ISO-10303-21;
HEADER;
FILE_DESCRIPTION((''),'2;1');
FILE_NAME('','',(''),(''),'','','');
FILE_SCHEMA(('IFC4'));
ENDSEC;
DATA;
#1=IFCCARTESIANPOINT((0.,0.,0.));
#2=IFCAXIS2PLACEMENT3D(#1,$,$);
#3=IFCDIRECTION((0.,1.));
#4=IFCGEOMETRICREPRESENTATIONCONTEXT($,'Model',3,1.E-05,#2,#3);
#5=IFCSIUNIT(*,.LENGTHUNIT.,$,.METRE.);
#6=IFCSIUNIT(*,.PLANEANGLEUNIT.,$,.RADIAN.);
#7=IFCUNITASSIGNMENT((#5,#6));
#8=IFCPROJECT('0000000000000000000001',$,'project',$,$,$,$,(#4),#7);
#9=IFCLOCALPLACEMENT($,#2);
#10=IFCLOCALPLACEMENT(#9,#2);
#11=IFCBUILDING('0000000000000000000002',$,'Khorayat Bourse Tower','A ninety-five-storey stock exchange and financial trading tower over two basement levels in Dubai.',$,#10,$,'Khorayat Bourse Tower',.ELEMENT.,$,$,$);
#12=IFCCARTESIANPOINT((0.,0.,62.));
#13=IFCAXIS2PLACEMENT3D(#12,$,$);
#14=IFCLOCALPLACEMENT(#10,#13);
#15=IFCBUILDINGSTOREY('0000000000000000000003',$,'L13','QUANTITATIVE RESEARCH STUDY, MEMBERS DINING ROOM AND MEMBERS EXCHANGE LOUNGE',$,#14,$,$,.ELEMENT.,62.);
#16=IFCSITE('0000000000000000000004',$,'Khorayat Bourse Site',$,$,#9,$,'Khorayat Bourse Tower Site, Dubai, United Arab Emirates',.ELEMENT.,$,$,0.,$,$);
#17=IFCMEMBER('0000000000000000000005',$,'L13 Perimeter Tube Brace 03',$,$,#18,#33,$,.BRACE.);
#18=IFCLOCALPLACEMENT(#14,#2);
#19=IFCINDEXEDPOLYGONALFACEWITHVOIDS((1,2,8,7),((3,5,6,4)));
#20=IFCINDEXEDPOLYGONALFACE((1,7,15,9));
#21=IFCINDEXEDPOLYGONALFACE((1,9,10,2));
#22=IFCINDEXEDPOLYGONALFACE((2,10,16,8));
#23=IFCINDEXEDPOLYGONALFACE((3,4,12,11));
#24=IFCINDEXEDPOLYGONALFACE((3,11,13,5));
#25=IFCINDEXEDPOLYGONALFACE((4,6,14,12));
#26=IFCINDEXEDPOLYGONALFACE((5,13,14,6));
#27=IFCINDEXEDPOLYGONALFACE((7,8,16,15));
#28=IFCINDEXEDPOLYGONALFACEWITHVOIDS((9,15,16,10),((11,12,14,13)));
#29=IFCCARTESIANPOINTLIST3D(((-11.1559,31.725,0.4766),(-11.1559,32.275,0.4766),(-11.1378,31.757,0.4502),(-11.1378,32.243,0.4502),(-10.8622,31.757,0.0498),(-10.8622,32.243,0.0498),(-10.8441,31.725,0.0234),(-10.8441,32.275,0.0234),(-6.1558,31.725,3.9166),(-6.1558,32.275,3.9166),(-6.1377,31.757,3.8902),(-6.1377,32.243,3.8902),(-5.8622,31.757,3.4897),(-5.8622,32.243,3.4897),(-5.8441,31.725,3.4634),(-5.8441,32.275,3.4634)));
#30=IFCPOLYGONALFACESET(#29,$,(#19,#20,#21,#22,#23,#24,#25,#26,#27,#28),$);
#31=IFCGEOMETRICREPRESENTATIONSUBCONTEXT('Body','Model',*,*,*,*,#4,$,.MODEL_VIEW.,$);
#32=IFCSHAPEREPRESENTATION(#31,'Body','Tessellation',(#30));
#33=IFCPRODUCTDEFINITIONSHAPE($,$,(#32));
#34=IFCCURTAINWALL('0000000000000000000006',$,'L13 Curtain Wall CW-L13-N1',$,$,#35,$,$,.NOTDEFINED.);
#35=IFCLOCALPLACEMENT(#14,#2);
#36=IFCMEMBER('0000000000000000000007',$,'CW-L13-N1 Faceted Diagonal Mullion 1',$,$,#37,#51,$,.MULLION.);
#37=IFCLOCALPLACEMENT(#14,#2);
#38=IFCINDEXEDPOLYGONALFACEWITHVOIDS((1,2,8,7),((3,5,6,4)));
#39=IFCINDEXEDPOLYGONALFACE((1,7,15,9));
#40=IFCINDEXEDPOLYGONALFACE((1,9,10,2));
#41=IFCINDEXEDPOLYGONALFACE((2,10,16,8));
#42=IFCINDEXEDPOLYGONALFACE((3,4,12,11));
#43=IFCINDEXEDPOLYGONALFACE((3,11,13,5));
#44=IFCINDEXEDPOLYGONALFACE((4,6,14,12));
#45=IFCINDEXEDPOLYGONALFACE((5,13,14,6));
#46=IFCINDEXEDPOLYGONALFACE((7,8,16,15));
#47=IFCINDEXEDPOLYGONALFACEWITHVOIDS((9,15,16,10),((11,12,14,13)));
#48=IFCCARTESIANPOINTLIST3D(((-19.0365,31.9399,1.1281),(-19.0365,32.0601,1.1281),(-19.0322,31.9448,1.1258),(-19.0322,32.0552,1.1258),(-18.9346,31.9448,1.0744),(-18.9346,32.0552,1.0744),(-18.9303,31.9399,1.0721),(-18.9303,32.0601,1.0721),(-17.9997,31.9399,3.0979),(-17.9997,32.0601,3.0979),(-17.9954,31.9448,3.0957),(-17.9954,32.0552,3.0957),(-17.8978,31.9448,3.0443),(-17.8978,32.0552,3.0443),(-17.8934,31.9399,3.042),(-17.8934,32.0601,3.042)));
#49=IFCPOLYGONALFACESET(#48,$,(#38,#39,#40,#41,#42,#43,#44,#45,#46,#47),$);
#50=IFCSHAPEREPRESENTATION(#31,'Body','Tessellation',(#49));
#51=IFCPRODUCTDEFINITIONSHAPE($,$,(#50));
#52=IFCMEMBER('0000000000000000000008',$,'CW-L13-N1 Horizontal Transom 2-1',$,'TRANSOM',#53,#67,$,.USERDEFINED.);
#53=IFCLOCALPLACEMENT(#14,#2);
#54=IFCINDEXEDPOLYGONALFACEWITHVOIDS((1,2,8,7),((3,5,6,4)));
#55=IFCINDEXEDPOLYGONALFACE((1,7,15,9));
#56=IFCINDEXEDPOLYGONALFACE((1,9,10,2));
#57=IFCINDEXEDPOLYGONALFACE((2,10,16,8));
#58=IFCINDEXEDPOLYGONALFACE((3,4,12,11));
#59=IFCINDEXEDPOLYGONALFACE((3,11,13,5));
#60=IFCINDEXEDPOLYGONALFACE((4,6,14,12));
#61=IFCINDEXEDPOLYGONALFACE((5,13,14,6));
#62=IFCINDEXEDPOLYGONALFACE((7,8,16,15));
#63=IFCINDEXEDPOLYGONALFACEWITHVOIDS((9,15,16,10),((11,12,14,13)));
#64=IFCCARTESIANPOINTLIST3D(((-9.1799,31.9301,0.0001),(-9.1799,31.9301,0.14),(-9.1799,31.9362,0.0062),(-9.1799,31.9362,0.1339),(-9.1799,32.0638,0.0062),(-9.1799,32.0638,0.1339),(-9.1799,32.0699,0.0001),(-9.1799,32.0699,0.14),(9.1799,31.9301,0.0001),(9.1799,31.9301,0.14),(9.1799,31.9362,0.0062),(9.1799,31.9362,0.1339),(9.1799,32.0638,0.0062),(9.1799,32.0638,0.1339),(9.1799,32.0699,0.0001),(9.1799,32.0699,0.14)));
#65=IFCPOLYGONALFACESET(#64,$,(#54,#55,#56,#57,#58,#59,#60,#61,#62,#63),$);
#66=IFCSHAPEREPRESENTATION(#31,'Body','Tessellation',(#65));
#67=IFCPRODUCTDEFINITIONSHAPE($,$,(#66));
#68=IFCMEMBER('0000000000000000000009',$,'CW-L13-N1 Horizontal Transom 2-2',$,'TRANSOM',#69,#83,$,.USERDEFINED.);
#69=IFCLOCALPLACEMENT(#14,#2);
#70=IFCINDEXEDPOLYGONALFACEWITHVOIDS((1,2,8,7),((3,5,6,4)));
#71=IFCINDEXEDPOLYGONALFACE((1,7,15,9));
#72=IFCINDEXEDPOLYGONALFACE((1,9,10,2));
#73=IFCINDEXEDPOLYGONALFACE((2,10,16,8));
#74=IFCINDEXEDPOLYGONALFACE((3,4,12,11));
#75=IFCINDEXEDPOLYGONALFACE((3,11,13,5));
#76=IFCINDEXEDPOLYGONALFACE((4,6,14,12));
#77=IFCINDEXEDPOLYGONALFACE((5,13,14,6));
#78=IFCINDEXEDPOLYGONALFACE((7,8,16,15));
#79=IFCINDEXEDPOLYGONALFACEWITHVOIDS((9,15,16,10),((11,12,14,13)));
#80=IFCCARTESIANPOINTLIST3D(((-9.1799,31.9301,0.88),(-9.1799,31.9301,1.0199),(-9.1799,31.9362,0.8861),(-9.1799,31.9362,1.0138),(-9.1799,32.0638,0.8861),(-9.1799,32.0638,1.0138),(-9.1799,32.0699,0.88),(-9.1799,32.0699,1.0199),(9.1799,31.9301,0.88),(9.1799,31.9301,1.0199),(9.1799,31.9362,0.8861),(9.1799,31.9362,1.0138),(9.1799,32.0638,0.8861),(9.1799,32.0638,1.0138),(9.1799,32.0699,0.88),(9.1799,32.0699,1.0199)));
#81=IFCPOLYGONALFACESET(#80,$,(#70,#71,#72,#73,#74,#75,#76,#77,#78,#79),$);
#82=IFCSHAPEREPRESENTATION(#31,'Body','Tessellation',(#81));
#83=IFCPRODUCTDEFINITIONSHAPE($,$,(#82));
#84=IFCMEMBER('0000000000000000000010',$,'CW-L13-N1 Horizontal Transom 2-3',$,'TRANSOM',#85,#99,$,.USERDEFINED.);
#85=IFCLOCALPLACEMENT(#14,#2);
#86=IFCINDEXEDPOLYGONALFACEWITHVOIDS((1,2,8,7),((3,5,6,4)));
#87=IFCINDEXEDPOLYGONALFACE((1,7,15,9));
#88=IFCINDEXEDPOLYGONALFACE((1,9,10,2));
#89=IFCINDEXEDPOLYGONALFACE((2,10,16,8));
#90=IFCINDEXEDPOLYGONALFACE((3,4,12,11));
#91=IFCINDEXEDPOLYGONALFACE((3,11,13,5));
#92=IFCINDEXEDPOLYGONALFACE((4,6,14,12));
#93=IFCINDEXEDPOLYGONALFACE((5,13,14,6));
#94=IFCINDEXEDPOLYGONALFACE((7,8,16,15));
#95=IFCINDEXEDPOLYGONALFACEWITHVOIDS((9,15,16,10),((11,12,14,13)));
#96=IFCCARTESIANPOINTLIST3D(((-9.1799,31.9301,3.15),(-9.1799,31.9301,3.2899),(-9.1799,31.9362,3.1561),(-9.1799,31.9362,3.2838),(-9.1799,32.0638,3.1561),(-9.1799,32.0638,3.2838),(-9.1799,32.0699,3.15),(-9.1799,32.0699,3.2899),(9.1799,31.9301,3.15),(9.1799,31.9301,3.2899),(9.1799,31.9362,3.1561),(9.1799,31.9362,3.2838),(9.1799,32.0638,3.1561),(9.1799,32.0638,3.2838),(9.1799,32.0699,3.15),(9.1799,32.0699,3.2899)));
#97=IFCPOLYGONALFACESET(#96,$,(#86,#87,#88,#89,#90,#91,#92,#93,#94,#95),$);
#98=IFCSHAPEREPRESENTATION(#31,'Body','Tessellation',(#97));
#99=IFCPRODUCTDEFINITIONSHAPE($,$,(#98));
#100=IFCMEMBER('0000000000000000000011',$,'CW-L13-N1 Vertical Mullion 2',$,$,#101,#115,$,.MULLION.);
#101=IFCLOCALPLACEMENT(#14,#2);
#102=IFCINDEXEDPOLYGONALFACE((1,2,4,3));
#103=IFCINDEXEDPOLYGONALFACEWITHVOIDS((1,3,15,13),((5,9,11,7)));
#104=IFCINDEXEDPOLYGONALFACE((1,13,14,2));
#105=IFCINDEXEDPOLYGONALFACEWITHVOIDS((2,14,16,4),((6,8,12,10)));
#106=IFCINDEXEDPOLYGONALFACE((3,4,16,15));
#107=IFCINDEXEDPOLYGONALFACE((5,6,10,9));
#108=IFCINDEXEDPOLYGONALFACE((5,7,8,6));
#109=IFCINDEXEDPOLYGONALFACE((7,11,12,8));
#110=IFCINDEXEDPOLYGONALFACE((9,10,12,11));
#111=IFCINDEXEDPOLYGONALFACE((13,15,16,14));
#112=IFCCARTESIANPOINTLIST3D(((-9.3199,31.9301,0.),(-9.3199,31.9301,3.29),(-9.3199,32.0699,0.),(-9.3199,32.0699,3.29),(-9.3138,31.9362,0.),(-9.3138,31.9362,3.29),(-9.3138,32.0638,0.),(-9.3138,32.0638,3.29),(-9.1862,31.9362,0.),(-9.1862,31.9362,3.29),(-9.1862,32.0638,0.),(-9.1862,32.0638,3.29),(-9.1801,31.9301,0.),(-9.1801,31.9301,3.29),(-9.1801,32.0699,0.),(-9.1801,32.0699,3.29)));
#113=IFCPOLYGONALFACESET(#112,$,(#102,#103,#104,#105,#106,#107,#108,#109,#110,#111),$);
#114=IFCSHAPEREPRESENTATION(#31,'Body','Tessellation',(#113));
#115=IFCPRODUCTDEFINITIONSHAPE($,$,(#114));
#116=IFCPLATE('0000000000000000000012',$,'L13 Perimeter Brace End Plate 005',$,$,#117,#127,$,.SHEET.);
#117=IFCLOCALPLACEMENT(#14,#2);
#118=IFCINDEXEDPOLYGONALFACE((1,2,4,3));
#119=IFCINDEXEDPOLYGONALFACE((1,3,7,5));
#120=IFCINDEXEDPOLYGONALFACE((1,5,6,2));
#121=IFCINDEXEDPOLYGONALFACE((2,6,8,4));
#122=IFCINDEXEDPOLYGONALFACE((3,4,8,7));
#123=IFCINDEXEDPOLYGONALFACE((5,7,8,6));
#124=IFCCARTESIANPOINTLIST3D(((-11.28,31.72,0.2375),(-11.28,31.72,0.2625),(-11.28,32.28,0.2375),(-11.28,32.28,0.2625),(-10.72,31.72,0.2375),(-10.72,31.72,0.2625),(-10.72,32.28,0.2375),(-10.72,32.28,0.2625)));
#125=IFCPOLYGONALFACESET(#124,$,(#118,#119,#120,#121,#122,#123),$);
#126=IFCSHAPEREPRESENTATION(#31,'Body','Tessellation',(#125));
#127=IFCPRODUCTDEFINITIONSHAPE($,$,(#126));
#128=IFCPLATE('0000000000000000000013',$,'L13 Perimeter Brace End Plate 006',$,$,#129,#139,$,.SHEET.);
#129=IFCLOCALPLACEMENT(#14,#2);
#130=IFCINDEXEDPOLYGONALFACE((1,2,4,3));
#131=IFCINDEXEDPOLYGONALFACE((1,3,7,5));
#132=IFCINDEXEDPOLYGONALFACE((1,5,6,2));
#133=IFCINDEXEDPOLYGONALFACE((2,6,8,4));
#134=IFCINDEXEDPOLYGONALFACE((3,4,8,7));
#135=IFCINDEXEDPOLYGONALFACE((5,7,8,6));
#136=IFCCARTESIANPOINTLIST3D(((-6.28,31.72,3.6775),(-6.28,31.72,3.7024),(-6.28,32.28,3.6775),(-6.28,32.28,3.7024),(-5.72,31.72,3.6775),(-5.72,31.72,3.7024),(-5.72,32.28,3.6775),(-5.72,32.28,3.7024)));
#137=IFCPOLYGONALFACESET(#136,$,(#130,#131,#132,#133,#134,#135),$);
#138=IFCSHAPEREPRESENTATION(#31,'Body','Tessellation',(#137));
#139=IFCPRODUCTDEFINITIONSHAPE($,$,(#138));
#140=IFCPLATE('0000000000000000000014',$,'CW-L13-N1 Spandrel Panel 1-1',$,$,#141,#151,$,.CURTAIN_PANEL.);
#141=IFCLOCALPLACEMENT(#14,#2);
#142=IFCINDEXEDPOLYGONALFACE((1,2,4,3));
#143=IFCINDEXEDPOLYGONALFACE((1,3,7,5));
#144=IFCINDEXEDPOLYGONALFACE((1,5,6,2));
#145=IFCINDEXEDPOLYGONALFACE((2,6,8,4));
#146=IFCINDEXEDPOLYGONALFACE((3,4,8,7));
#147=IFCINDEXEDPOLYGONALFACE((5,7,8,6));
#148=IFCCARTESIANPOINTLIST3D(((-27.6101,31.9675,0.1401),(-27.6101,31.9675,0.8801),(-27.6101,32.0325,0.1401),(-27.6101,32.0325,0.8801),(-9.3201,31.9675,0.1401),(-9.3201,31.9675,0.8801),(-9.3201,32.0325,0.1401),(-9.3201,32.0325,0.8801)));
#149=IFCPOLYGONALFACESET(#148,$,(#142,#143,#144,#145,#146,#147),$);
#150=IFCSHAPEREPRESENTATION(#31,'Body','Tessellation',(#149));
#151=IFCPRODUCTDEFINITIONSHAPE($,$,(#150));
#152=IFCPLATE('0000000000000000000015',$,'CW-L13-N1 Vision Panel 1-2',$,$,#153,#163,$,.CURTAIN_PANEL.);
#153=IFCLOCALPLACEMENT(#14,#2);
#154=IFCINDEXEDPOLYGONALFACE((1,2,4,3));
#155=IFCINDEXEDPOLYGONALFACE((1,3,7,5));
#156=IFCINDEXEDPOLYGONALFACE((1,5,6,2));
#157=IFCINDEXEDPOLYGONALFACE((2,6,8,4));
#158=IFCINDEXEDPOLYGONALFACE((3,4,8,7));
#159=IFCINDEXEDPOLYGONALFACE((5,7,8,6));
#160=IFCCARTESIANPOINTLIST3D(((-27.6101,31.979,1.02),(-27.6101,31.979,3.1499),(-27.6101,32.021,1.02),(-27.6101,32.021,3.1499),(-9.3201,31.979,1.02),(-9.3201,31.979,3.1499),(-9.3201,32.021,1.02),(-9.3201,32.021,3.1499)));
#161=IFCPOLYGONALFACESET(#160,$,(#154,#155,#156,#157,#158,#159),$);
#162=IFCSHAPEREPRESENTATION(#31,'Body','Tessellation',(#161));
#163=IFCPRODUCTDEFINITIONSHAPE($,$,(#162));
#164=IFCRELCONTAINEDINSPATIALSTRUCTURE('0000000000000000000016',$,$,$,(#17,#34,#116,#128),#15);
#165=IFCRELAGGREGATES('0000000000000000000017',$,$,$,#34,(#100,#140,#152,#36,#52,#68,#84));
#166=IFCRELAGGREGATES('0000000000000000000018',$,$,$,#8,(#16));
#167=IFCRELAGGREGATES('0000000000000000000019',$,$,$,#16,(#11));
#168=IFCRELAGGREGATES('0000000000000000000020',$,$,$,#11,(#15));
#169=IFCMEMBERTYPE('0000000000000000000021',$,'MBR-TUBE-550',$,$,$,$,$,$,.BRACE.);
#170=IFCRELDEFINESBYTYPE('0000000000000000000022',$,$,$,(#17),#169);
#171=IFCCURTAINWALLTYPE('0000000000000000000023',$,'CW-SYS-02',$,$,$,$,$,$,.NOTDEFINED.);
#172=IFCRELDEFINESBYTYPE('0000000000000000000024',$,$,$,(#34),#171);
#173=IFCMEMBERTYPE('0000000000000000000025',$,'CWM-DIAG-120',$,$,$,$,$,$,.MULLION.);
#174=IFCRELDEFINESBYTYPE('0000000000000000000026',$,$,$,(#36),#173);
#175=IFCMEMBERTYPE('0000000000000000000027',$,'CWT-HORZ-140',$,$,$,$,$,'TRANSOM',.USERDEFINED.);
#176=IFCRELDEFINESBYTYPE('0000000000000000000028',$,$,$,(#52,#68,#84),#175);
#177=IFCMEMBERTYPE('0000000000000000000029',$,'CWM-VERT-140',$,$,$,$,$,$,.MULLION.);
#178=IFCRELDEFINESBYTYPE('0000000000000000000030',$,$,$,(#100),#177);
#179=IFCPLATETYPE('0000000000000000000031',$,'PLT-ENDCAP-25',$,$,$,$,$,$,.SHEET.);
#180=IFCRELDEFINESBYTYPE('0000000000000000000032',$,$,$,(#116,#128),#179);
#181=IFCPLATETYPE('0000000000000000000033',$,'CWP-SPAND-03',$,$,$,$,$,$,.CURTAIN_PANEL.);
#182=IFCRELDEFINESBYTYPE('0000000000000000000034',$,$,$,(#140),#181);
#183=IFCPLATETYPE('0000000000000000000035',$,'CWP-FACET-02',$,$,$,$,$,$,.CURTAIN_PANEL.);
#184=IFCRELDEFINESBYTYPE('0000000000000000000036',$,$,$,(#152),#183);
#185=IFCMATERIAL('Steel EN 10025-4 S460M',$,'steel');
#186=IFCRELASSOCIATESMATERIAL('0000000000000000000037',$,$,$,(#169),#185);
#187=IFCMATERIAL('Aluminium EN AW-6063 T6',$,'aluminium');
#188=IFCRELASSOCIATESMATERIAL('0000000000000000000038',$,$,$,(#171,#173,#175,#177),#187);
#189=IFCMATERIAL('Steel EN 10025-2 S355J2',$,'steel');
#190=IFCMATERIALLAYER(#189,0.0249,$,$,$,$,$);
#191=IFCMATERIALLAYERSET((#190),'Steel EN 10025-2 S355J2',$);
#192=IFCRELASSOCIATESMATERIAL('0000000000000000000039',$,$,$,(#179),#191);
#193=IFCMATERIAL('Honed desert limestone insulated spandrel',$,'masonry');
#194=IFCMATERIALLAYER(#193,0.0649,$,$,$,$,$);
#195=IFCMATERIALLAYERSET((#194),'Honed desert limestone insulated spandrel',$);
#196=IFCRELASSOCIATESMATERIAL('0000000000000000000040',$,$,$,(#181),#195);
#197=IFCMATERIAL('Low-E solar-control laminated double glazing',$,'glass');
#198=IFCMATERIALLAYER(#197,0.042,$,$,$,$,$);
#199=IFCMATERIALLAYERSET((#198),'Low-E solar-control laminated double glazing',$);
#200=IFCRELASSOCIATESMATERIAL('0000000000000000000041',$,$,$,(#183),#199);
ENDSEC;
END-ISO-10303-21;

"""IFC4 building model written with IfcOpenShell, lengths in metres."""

from ifc_helpers import new_model, si_unit, direction, frame, origin, origin_2d, place, context, subcontext, project, spatial, rectangle, hollow_rectangle, extrude, source, transform, mapped, material, layer, layer_set, material_profile, profile_set, type_object, element, aggregate, save


model = new_model("IFC4")

# Units and contexts
model_context = context("Model", 3, precision=1e-05, world=origin(), true_north=direction((0.0, 1.0)))
body_context = subcontext(model_context, "Body", "Model", "MODEL_VIEW")
ifc_project = project(units=[si_unit("LENGTHUNIT", "METRE"), si_unit("PLANEANGLEUNIT", "RADIAN")], contexts=[model_context])

# Site, building, storey
site_placement = place(None, origin())
site = spatial("IfcSite", under=ifc_project, at=site_placement, Name="Khorayat Bourse Site", LongName="Khorayat Bourse Tower Site, Dubai, United Arab Emirates", CompositionType="ELEMENT", RefElevation=0.0)
building_placement = place(site_placement, origin())
building = spatial("IfcBuilding", under=site, at=building_placement, Name="Khorayat Bourse Tower", Description="A ninety-five-storey stock exchange and financial trading tower over two basement levels in Dubai.", LongName="Khorayat Bourse Tower", CompositionType="ELEMENT")
storey_placement = place(building_placement, frame((0.0, 0.0, 62.0)))
storey = spatial("IfcBuildingStorey", under=building, at=storey_placement, Name="L13", Description="QUANTITATIVE RESEARCH STUDY, MEMBERS DINING ROOM AND MEMBERS EXCHANGE LOUNGE", CompositionType="ELEMENT", Elevation=62.0)

# Shared definitions
ifc_material_1 = material(Name="Steel EN 10025-4 S460M", Category="steel")

# Member
ifc_material_profile_1 = material_profile(ifc_material_1, hollow_rectangle(XDim=0.55, YDim=0.55, WallThickness=0.032, at=origin_2d()), Name="HSS 550x550x32")
ifc_profile_set_1 = profile_set([ifc_material_profile_1], Name="Steel EN 10025-4 S460M")
member_type_1 = type_object("IfcMemberType", Name="MBR-TUBE-550", PredefinedType="BRACE", material=ifc_profile_set_1)
shared_shape_1 = source(origin(), body_context, "Body", "SweptSolid", [
    extrude(hollow_rectangle(XDim=0.55, YDim=0.55, WallThickness=0.032, at=origin_2d()), origin(), (0.0, 0.0, 1.0), 6.0691),
])
member_1_placement = place(storey_placement, frame((-11.0, 32.0, 0.25), z_axis=(0.823854, 0.0, 0.566802), x_axis=(0.0, 1.0, 0.0)))
element("IfcMember", 1, at=member_1_placement, inside=storey, type_object=member_type_1, Name="L13 Perimeter Tube Brace 03", PredefinedType="BRACE", context=body_context, shape_type="MappedRepresentation", body=[
    mapped(shared_shape_1, transform((0.0, 0.0, 0.0), scale=1.0)),
])

# Curtain wall, members
ifc_material_2 = material(Name="Aluminium EN AW-6063 T6", Category="aluminium")
curtain_wall_type = type_object("IfcCurtainWallType", Name="CW-SYS-02", PredefinedType="NOTDEFINED", material=ifc_material_2)
curtain_wall_placement = place(storey_placement, origin())
curtain_wall = element("IfcCurtainWall", 2, at=curtain_wall_placement, inside=storey, type_object=curtain_wall_type, Name="L13 Curtain Wall CW-L13-N1", PredefinedType="NOTDEFINED")
ifc_material_profile_2 = material_profile(ifc_material_2, hollow_rectangle(XDim=0.1201, YDim=0.1201, WallThickness=0.0049, at=origin_2d()), Name="ALU 120x120x5")
ifc_profile_set_2 = profile_set([ifc_material_profile_2], Name="Aluminium EN AW-6063 T6")
member_type_2 = type_object("IfcMemberType", Name="CWM-DIAG-120", PredefinedType="MULLION", material=ifc_profile_set_2)
shared_shape_2 = source(origin(), body_context, "Body", "SweptSolid", [
    extrude(hollow_rectangle(XDim=0.1201, YDim=0.1201, WallThickness=0.0049, at=origin_2d()), origin(), (0.0, 0.0, 1.0), 2.2261),
])
member_2_placement = place(storey_placement, frame((-18.9834, 32.0, 1.1001), z_axis=(0.46576, 0.0, 0.884911), x_axis=(0.0, 1.0, 0.0)))
member_2 = element("IfcMember", 3, at=member_2_placement, type_object=member_type_2, Name="CW-L13-N1 Faceted Diagonal Mullion 1", PredefinedType="MULLION", context=body_context, shape_type="MappedRepresentation", body=[
    mapped(shared_shape_2, transform((0.0, 0.0, 0.0), scale=1.0)),
])
ifc_material_profile_3 = material_profile(ifc_material_2, hollow_rectangle(XDim=0.1399, YDim=0.1399, WallThickness=0.0061, at=origin_2d()), Name="ALU 140x140x6")
ifc_profile_set_3 = profile_set([ifc_material_profile_3], Name="Aluminium EN AW-6063 T6")
member_type_3 = type_object("IfcMemberType", Name="CWT-HORZ-140", ElementType="TRANSOM", PredefinedType="USERDEFINED", material=ifc_profile_set_3)
shared_shape_3 = source(origin(), body_context, "Body", "SweptSolid", [
    extrude(hollow_rectangle(XDim=0.1399, YDim=0.1399, WallThickness=0.0061, at=origin_2d()), origin(), (0.0, 0.0, 1.0), 18.3599),
])
member_3_placement = place(storey_placement, frame((-9.1799, 32.0, 0.0701), z_axis=(1.0, 0.0, 0.0), x_axis=(0.0, 1.0, 0.0)))
member_3 = element("IfcMember", 4, at=member_3_placement, type_object=member_type_3, Name="CW-L13-N1 Horizontal Transom 2-1", ObjectType="TRANSOM", PredefinedType="USERDEFINED", context=body_context, shape_type="MappedRepresentation", body=[
    mapped(shared_shape_3, transform((0.0, 0.0, 0.0), scale=1.0)),
])
member_4_placement = place(storey_placement, frame((-9.1799, 32.0, 0.95), z_axis=(1.0, 0.0, 0.0), x_axis=(0.0, 1.0, 0.0)))
member_4 = element("IfcMember", 5, at=member_4_placement, type_object=member_type_3, Name="CW-L13-N1 Horizontal Transom 2-2", ObjectType="TRANSOM", PredefinedType="USERDEFINED", context=body_context, shape_type="MappedRepresentation", body=[
    mapped(shared_shape_3, transform((0.0, 0.0, 0.0), scale=1.0)),
])
member_5_placement = place(storey_placement, frame((-9.1799, 32.0, 3.22), z_axis=(1.0, 0.0, 0.0), x_axis=(0.0, 1.0, 0.0)))
member_5 = element("IfcMember", 6, at=member_5_placement, type_object=member_type_3, Name="CW-L13-N1 Horizontal Transom 2-3", ObjectType="TRANSOM", PredefinedType="USERDEFINED", context=body_context, shape_type="MappedRepresentation", body=[
    mapped(shared_shape_3, transform((0.0, 0.0, 0.0), scale=1.0)),
])
ifc_material_profile_4 = material_profile(ifc_material_2, hollow_rectangle(XDim=0.1399, YDim=0.1399, WallThickness=0.0061, at=origin_2d()), Name="ALU 140x140x6")
ifc_profile_set_4 = profile_set([ifc_material_profile_4], Name="Aluminium EN AW-6063 T6")
member_type_4 = type_object("IfcMemberType", Name="CWM-VERT-140", PredefinedType="MULLION", material=ifc_profile_set_4)
shared_shape_4 = source(origin(), body_context, "Body", "SweptSolid", [
    extrude(hollow_rectangle(XDim=0.1399, YDim=0.1399, WallThickness=0.0061, at=origin_2d()), origin(), (0.0, 0.0, 1.0), 3.29),
])
member_6_placement = place(storey_placement, frame((-9.25, 32.0, 0.0), z_axis=(0.0, 0.0, 1.0), x_axis=(0.0, 1.0, 0.0)))
member_6 = element("IfcMember", 7, at=member_6_placement, type_object=member_type_4, Name="CW-L13-N1 Vertical Mullion 2", PredefinedType="MULLION", context=body_context, shape_type="MappedRepresentation", body=[
    mapped(shared_shape_4, transform((0.0, 0.0, 0.0), scale=1.0)),
])

# Plates
ifc_material_3 = material(Name="Steel EN 10025-2 S355J2", Category="steel")
ifc_layer_1 = layer(ifc_material_3, 0.0249)
ifc_layer_set_1 = layer_set([ifc_layer_1], Name="Steel EN 10025-2 S355J2")
plate_type_1 = type_object("IfcPlateType", Name="PLT-ENDCAP-25", PredefinedType="SHEET", material=ifc_layer_set_1)
shared_shape_5 = source(origin(), body_context, "Body", "SweptSolid", [
    extrude(rectangle(XDim=0.5601, YDim=0.5601, at=origin_2d()), origin(), (0.0, 0.0, 1.0), 0.0249),
])
for number, where, z_axis, x_axis, name in (
    (8, (-11.0, 32.0, 0.2375), (0.0, 0.0, 1.0), (1.0, 0.0, 0.0), "L13 Perimeter Brace End Plate 005"),
    (9, (-6.0, 32.0, 3.6775), (0.0, 0.0, 1.0), (1.0, 0.0, 0.0), "L13 Perimeter Brace End Plate 006"),
):
    element("IfcPlate", number, at=place(storey_placement, frame(where, z_axis=z_axis, x_axis=x_axis)), inside=storey, type_object=plate_type_1, Name=name, PredefinedType="SHEET", context=body_context, shape_type="MappedRepresentation", body=[
        mapped(shared_shape_5, transform((0.0, 0.0, 0.0), scale=1.0)),
    ])

# Plates
ifc_material_4 = material(Name="Honed desert limestone insulated spandrel", Category="masonry")
ifc_layer_2 = layer(ifc_material_4, 0.0649)
ifc_layer_set_2 = layer_set([ifc_layer_2], Name="Honed desert limestone insulated spandrel")
plate_type_2 = type_object("IfcPlateType", Name="CWP-SPAND-03", PredefinedType="CURTAIN_PANEL", material=ifc_layer_set_2)
shared_shape_6 = source(origin(), body_context, "Body", "SweptSolid", [
    extrude(rectangle(XDim=18.29, YDim=0.0649, at=origin_2d()), origin(), (0.0, 0.0, 1.0), 0.74),
])
plate_1_placement = place(storey_placement, frame((-18.4651, 32.0, 0.1401), z_axis=(0.0, 0.0, 1.0), x_axis=(1.0, 0.0, 0.0)))
plate_1 = element("IfcPlate", 10, at=plate_1_placement, type_object=plate_type_2, Name="CW-L13-N1 Spandrel Panel 1-1", PredefinedType="CURTAIN_PANEL", context=body_context, shape_type="MappedRepresentation", body=[
    mapped(shared_shape_6, transform((0.0, 0.0, 0.0), scale=1.0)),
])
ifc_material_5 = material(Name="Low-E solar-control laminated double glazing", Category="glass")
ifc_layer_3 = layer(ifc_material_5, 0.042)
ifc_layer_set_3 = layer_set([ifc_layer_3], Name="Low-E solar-control laminated double glazing")
plate_type_3 = type_object("IfcPlateType", Name="CWP-FACET-02", PredefinedType="CURTAIN_PANEL", material=ifc_layer_set_3)
shared_shape_7 = source(origin(), body_context, "Body", "SweptSolid", [
    extrude(rectangle(XDim=18.29, YDim=0.042, at=origin_2d()), origin(), (0.0, 0.0, 1.0), 2.1299),
])
plate_2_placement = place(storey_placement, frame((-18.4651, 32.0, 1.02), z_axis=(0.0, 0.0, 1.0), x_axis=(1.0, 0.0, 0.0)))
plate_2 = element("IfcPlate", 11, at=plate_2_placement, type_object=plate_type_3, Name="CW-L13-N1 Vision Panel 1-2", PredefinedType="CURTAIN_PANEL", context=body_context, shape_type="MappedRepresentation", body=[
    mapped(shared_shape_7, transform((0.0, 0.0, 0.0), scale=1.0)),
])
aggregate(curtain_wall, [member_6, plate_1, plate_2, member_2, member_3, member_4, member_5])

save(model, "model.ifc")
